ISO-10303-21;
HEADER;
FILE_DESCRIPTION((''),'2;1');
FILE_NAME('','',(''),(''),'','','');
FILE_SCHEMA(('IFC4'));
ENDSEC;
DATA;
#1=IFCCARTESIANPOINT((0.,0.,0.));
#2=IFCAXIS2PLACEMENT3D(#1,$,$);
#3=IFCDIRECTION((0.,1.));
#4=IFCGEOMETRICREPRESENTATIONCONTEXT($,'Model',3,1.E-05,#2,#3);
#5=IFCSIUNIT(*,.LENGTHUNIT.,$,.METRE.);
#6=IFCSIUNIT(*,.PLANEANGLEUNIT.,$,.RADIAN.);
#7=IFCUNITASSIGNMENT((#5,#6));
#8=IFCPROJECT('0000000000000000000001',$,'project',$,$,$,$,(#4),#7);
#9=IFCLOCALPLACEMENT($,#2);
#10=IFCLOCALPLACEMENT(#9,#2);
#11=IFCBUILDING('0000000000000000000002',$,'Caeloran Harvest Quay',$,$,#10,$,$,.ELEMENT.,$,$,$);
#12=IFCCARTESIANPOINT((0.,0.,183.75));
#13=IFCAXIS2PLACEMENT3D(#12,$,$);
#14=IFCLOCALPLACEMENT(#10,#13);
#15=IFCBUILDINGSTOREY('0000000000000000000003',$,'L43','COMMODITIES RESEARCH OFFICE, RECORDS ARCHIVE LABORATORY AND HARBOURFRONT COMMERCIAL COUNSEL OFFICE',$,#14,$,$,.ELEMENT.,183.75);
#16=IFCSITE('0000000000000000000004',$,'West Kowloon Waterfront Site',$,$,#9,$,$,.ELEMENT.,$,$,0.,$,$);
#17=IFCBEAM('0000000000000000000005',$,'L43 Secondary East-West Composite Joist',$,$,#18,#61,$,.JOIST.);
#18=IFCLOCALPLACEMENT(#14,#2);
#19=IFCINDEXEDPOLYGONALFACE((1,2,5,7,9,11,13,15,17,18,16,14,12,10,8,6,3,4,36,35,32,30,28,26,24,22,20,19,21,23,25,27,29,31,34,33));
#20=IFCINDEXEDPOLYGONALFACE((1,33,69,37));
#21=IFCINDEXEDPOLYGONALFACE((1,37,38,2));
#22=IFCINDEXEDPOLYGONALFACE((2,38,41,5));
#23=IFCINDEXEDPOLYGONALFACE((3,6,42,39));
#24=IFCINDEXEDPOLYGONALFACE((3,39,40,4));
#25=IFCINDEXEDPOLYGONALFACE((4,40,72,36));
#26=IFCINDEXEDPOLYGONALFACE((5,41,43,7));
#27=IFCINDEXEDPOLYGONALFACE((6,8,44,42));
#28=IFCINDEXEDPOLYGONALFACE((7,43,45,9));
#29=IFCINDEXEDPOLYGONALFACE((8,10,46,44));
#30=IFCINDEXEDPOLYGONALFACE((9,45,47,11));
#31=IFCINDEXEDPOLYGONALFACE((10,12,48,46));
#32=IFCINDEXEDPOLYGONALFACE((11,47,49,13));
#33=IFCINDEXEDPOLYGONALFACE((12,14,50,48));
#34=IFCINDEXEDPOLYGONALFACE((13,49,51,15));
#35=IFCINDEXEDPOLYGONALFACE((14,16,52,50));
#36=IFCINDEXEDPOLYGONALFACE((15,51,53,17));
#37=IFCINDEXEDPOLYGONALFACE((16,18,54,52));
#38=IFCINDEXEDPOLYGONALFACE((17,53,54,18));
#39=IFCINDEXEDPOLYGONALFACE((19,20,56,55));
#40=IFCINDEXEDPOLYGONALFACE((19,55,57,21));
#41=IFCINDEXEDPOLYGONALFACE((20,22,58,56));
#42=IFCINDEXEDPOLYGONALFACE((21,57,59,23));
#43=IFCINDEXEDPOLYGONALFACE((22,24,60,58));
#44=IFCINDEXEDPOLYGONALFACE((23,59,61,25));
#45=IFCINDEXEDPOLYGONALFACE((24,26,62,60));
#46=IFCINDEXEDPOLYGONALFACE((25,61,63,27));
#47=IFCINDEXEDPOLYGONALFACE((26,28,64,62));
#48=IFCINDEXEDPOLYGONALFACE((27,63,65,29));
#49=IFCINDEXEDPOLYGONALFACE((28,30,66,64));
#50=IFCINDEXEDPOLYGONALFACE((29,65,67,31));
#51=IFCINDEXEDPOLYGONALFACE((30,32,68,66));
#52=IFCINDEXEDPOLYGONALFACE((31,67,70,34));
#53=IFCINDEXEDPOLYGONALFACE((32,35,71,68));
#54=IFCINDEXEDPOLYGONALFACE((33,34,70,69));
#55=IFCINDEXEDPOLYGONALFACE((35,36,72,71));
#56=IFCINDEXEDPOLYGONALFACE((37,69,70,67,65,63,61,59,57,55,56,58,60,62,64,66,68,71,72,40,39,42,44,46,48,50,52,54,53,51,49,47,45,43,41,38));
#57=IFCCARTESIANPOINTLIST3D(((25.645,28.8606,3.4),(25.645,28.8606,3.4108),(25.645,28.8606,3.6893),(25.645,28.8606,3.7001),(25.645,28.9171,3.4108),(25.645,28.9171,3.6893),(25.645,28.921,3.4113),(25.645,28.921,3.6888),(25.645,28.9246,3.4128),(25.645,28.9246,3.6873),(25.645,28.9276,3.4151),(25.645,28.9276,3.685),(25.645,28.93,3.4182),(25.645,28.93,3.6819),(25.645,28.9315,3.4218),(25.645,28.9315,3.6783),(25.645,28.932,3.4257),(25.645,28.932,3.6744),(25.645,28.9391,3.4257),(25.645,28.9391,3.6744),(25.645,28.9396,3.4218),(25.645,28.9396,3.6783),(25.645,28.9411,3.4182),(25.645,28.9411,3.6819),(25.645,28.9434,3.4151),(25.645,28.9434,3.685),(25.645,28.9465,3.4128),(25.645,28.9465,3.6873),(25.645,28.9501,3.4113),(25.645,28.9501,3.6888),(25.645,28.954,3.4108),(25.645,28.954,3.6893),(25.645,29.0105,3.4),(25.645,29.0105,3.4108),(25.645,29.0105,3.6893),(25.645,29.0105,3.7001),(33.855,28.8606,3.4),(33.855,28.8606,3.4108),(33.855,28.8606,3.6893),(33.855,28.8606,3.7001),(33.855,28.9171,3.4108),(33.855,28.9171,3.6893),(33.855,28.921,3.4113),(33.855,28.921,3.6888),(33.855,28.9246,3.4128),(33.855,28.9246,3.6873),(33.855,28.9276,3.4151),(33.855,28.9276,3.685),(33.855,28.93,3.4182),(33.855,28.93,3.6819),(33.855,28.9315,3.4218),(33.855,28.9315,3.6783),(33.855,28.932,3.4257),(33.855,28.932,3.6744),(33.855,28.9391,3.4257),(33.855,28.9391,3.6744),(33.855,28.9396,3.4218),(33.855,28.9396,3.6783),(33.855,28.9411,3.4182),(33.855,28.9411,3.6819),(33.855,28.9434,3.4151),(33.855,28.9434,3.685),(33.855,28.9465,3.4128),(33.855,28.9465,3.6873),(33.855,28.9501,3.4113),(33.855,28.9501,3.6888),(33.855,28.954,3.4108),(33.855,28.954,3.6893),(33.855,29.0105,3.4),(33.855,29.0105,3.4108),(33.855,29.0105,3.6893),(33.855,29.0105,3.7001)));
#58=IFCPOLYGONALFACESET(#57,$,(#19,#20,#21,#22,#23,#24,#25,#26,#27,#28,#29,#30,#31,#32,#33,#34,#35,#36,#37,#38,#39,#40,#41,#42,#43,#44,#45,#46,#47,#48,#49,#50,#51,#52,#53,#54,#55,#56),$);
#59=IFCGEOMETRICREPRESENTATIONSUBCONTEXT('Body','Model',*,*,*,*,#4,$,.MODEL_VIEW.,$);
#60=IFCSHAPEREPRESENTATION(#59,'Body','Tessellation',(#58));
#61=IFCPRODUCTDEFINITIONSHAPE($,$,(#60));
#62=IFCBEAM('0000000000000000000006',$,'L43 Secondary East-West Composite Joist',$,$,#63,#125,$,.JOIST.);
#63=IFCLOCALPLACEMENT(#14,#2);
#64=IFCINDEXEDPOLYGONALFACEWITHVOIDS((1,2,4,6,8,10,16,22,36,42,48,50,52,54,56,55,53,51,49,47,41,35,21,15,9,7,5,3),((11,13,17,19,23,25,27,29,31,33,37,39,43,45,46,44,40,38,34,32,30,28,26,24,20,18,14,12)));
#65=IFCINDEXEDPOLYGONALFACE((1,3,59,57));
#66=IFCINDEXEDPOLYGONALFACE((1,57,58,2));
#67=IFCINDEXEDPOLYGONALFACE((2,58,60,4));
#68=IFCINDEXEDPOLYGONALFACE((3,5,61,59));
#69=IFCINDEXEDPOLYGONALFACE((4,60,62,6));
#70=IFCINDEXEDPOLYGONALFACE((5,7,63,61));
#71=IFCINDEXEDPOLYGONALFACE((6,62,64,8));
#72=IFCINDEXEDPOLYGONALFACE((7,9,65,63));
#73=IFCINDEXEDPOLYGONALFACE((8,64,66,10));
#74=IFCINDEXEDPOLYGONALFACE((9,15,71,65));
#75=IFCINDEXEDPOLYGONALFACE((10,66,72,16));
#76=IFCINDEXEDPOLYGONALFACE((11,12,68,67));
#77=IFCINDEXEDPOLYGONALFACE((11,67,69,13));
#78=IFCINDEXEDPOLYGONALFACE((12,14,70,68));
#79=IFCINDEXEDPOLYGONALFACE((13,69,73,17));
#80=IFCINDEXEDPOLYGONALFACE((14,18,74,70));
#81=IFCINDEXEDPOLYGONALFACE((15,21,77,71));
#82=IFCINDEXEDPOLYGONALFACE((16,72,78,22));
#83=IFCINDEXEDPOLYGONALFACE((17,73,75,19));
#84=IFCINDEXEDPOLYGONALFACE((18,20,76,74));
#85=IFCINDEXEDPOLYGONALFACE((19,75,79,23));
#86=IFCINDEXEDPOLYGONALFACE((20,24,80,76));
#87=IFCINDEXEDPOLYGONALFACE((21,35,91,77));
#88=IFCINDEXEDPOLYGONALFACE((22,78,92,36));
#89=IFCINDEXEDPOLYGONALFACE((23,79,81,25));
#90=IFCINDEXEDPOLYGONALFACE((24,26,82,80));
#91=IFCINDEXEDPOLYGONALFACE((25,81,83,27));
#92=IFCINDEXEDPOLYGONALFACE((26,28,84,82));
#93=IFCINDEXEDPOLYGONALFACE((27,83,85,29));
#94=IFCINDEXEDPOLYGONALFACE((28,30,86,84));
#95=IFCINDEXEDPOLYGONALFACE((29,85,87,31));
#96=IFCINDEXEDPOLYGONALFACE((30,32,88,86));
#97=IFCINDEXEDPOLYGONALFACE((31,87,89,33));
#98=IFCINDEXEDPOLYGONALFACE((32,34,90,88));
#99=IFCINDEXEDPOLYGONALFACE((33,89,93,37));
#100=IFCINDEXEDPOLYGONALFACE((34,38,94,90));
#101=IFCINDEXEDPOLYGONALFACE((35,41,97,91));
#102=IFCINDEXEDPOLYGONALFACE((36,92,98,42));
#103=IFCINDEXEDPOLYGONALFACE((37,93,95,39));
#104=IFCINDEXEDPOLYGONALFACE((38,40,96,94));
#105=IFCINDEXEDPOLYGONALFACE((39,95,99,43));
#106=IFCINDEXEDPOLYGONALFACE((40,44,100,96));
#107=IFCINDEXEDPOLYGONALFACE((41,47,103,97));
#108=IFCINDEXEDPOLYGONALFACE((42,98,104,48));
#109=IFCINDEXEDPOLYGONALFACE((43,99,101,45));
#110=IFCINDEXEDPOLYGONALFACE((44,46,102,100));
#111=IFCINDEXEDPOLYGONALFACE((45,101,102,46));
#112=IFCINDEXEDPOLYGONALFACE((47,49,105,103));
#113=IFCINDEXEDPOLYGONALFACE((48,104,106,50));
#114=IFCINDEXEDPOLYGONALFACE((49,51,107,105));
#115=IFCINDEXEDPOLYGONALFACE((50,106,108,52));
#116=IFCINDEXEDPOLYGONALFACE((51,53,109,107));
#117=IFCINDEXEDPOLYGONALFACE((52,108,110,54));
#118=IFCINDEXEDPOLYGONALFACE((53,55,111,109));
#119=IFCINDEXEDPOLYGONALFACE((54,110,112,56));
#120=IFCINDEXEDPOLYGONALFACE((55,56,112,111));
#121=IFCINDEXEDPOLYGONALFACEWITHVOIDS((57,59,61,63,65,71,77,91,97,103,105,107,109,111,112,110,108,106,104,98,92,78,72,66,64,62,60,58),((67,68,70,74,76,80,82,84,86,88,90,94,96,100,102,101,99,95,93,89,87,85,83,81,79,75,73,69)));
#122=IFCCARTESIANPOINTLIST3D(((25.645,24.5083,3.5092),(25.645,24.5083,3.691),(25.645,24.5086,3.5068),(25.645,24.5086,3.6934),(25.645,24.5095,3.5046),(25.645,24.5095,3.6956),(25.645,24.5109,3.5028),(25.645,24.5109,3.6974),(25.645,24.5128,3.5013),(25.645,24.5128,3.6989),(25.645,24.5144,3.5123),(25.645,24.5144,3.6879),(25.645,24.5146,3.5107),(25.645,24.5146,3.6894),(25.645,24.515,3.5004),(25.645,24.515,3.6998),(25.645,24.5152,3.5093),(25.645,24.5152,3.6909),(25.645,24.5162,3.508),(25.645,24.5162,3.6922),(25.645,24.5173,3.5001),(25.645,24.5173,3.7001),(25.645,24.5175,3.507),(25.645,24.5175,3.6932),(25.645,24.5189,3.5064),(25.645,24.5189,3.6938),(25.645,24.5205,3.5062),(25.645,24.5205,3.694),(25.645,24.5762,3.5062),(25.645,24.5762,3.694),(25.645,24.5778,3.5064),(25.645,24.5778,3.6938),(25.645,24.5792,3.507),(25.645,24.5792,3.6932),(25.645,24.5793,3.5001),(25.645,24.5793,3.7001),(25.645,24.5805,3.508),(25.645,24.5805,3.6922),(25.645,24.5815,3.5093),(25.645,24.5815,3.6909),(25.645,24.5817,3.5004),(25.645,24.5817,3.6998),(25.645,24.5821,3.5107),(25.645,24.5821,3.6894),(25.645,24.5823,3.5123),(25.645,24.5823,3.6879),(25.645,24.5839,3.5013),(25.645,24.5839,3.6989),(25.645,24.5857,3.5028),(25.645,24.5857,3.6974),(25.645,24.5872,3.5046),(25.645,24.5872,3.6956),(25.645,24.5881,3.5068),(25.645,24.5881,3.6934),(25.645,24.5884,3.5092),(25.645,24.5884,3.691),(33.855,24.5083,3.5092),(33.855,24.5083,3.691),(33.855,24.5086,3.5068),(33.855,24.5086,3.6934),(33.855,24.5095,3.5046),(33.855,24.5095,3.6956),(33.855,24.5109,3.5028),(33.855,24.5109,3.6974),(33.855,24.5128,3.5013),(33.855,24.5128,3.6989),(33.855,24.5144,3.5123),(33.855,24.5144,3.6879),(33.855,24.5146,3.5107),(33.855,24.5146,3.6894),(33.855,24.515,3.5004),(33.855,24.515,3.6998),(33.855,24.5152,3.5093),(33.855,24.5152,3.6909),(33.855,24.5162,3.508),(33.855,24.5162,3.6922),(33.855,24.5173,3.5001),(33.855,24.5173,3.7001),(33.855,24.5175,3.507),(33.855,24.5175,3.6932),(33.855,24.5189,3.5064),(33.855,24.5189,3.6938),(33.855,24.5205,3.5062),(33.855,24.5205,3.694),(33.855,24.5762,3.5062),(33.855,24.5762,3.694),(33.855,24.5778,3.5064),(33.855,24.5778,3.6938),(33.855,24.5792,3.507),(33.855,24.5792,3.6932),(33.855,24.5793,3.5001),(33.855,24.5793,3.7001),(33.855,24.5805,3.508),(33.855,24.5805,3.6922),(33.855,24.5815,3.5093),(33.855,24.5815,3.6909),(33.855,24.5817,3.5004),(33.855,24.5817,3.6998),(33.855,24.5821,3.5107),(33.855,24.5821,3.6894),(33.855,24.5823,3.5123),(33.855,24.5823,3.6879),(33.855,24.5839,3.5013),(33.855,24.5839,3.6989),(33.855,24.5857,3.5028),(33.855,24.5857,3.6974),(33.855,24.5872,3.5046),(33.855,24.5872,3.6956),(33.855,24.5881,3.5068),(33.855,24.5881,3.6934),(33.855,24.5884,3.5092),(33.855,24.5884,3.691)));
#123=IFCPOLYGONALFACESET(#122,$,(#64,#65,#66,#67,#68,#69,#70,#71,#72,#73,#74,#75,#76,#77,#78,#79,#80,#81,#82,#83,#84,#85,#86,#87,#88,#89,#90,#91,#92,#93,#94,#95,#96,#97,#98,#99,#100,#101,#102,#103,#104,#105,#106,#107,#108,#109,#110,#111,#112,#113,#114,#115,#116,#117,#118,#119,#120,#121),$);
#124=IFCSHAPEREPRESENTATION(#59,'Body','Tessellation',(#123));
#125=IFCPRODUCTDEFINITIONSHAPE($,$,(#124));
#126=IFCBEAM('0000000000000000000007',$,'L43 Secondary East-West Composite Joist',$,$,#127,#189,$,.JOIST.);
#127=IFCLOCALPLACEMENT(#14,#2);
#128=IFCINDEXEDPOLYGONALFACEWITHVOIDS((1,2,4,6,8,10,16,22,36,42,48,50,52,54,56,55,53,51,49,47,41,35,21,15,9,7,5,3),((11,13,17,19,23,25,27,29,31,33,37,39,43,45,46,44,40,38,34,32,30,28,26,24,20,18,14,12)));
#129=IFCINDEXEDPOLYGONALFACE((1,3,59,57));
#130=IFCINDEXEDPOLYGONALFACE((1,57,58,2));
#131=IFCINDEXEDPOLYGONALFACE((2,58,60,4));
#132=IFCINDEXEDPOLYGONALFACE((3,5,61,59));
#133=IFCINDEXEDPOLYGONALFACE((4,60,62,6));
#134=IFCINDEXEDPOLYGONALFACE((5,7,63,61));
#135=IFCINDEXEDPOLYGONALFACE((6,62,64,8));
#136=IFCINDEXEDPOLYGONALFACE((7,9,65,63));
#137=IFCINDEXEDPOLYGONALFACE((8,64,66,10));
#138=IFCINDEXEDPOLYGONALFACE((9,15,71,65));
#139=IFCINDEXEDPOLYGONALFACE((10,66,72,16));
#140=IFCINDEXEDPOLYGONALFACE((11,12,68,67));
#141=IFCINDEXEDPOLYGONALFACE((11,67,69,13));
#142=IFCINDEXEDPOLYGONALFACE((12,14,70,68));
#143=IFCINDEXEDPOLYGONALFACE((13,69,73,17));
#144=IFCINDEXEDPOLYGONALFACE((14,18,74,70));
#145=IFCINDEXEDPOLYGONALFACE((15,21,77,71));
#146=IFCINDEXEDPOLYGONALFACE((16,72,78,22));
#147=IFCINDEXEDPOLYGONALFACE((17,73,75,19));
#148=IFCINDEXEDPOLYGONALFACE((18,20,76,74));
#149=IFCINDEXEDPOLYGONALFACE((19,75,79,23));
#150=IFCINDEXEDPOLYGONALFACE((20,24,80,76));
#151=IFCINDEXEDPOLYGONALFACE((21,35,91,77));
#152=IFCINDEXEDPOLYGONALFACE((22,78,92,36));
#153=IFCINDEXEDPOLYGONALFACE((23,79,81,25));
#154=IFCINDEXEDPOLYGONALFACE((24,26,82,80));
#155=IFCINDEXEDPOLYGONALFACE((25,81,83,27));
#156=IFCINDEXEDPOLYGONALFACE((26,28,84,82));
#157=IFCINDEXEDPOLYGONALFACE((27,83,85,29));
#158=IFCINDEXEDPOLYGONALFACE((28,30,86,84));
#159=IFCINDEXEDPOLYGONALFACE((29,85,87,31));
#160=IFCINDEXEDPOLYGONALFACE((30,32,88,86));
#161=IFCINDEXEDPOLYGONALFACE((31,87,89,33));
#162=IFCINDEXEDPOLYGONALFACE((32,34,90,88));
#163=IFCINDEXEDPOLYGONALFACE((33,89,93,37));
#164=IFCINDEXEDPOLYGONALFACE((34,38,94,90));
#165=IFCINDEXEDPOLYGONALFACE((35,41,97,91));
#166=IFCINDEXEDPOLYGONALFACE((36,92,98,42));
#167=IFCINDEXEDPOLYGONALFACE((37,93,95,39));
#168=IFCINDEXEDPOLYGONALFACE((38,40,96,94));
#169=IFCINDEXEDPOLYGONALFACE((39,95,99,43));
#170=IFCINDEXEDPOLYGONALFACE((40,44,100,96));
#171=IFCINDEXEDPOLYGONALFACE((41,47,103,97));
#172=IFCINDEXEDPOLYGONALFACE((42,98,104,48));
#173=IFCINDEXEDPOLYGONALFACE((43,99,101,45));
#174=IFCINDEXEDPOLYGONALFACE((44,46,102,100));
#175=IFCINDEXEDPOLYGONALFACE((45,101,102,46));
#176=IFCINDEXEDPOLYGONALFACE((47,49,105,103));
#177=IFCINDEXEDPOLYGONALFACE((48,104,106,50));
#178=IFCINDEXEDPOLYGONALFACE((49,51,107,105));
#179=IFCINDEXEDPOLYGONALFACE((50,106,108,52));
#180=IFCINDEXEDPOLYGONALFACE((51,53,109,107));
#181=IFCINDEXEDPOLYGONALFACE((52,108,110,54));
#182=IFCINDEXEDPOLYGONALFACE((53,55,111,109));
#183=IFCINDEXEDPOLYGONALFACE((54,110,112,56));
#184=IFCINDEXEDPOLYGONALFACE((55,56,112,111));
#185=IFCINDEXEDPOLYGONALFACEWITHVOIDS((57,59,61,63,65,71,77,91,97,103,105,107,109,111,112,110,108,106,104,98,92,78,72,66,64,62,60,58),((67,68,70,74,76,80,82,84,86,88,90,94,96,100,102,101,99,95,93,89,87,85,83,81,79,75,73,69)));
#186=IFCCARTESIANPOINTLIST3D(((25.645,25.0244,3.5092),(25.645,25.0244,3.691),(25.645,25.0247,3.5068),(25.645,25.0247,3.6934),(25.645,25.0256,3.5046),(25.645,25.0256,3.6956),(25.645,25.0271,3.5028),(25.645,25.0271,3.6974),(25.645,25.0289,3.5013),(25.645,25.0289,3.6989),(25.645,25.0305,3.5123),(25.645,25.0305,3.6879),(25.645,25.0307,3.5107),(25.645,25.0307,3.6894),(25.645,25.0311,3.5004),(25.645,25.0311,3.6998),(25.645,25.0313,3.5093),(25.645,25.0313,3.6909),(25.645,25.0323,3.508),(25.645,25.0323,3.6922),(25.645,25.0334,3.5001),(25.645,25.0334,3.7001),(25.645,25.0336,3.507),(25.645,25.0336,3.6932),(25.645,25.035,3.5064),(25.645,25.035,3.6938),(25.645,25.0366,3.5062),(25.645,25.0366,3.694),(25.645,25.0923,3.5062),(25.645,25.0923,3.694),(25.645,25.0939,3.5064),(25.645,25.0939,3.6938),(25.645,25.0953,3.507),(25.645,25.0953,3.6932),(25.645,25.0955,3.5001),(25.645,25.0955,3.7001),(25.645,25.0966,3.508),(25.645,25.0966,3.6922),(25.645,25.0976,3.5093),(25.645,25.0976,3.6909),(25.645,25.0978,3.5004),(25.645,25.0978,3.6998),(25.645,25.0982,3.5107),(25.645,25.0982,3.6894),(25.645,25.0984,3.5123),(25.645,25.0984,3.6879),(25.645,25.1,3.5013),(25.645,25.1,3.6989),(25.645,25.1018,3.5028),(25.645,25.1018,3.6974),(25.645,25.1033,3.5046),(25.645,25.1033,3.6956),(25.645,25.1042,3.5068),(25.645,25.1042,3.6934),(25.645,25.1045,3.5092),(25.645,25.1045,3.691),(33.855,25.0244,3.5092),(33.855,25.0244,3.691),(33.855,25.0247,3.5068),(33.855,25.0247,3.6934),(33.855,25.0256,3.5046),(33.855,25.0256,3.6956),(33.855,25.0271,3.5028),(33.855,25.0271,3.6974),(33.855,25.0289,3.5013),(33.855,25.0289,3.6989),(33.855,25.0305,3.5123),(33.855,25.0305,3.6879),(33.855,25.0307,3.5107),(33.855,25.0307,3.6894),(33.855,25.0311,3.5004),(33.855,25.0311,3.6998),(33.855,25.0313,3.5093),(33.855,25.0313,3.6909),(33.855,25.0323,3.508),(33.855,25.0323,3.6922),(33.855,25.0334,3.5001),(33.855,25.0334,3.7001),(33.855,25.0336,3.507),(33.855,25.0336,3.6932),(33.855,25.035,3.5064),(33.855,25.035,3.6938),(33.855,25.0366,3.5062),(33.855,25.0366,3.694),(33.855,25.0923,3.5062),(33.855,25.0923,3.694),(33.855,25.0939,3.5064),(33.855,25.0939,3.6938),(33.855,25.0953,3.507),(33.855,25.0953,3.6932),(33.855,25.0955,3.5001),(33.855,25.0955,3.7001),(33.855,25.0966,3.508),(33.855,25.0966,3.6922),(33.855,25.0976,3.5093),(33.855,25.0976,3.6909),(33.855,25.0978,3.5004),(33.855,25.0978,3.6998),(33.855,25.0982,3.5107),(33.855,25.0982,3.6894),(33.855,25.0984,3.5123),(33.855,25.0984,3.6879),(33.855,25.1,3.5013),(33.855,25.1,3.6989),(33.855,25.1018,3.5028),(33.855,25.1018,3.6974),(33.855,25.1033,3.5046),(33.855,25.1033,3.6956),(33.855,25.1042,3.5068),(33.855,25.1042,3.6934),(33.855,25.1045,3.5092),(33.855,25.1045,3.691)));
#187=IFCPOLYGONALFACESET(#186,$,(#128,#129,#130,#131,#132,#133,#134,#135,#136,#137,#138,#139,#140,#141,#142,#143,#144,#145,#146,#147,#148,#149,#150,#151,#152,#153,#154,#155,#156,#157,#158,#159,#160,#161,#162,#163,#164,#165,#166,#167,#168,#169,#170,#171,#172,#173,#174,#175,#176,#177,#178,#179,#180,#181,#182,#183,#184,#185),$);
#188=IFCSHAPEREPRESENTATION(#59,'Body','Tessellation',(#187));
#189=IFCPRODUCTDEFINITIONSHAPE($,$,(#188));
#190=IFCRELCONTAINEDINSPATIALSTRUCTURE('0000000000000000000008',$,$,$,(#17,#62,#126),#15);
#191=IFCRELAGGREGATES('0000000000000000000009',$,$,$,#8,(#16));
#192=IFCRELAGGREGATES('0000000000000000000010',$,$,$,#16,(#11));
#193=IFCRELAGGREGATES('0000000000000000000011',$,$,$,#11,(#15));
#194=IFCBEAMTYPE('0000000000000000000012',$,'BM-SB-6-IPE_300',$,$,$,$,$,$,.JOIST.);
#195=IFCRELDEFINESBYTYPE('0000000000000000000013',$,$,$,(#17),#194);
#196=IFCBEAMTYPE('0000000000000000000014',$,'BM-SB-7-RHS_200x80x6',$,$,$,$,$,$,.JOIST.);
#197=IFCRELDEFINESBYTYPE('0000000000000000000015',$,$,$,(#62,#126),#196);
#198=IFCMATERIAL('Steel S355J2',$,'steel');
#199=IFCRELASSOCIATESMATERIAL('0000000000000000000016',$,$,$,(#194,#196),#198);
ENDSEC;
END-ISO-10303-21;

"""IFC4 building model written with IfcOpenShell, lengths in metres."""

from ifc_helpers import new_model, si_unit, direction, frame, origin, origin_2d, place, context, subcontext, project, spatial, hollow_rectangle, i_section, extrude, material, material_profile, profile_set, type_object, element, save


model = new_model("IFC4")

# Units and contexts
model_context = context("Model", 3, precision=1e-05, world=origin(), true_north=direction((0.0, 1.0)))
body_context = subcontext(model_context, "Body", "Model", "MODEL_VIEW")
ifc_project = project(units=[si_unit("LENGTHUNIT", "METRE"), si_unit("PLANEANGLEUNIT", "RADIAN")], contexts=[model_context])

# Site, building, storey
site_placement = place(None, origin())
site = spatial("IfcSite", under=ifc_project, at=site_placement, Name="West Kowloon Waterfront Site", CompositionType="ELEMENT", RefElevation=0.0)
building_placement = place(site_placement, origin())
building = spatial("IfcBuilding", under=site, at=building_placement, Name="Caeloran Harvest Quay", CompositionType="ELEMENT")
storey_placement = place(building_placement, frame((0.0, 0.0, 183.75)))
storey = spatial("IfcBuildingStorey", under=building, at=storey_placement, Name="L43", Description="COMMODITIES RESEARCH OFFICE, RECORDS ARCHIVE LABORATORY AND HARBOURFRONT COMMERCIAL COUNSEL OFFICE", CompositionType="ELEMENT", Elevation=183.75)

# Beams
ifc_material = material(Name="Steel S355J2", Category="steel")
ifc_material_profile_1 = material_profile(ifc_material, i_section(OverallWidth=0.1499, OverallDepth=0.3, WebThickness=0.0071, FlangeThickness=0.0107, FilletRadius=0.0149, at=origin_2d()), Name="IPE 300")
ifc_profile_set_1 = profile_set([ifc_material_profile_1], Name="Steel S355J2")
beam_type_1 = type_object("IfcBeamType", Name="BM-SB-6-IPE_300", PredefinedType="JOIST", material=ifc_profile_set_1)
for number, where, z_axis, x_axis, name in (
    (1, (25.645, 28.9355, 3.55), (1.0, 0.0, 0.0), (0.0, 1.0, 0.0), "L43 Secondary East-West Composite Joist"),
):
    element("IfcBeam", number, at=place(storey_placement, frame(where, z_axis=z_axis, x_axis=x_axis)), inside=storey, type_object=beam_type_1, Name=name, PredefinedType="JOIST", context=body_context, shape_type="SweptSolid", body=[
        extrude(i_section(OverallWidth=0.1499, OverallDepth=0.3, WebThickness=0.0071, FlangeThickness=0.0107, FilletRadius=0.0149, at=origin_2d()), origin(), (0.0, 0.0, 1.0), 8.21),
    ])
ifc_material_profile_2 = material_profile(ifc_material, hollow_rectangle(XDim=0.0801, YDim=0.2, WallThickness=0.0061, InnerFilletRadius=0.0061, OuterFilletRadius=0.009, at=origin_2d()), Name="RHS 200x80x6")
ifc_profile_set_2 = profile_set([ifc_material_profile_2], Name="Steel S355J2")
beam_type_2 = type_object("IfcBeamType", Name="BM-SB-7-RHS_200x80x6", PredefinedType="JOIST", material=ifc_profile_set_2)
for number, where, z_axis, x_axis, name in (
    (2, (25.645, 24.5483, 3.6001), (1.0, 0.0, 0.0), (0.0, 1.0, 0.0), "L43 Secondary East-West Composite Joist"),
    (3, (25.645, 25.0645, 3.6001), (1.0, 0.0, 0.0), (0.0, 1.0, 0.0), "L43 Secondary East-West Composite Joist"),
):
    element("IfcBeam", number, at=place(storey_placement, frame(where, z_axis=z_axis, x_axis=x_axis)), inside=storey, type_object=beam_type_2, Name=name, PredefinedType="JOIST", context=body_context, shape_type="SweptSolid", body=[
        extrude(hollow_rectangle(XDim=0.0801, YDim=0.2, WallThickness=0.0061, InnerFilletRadius=0.0061, OuterFilletRadius=0.009, at=origin_2d()), origin(), (0.0, 0.0, 1.0), 8.21),
    ])

save(model, "model.ifc")
